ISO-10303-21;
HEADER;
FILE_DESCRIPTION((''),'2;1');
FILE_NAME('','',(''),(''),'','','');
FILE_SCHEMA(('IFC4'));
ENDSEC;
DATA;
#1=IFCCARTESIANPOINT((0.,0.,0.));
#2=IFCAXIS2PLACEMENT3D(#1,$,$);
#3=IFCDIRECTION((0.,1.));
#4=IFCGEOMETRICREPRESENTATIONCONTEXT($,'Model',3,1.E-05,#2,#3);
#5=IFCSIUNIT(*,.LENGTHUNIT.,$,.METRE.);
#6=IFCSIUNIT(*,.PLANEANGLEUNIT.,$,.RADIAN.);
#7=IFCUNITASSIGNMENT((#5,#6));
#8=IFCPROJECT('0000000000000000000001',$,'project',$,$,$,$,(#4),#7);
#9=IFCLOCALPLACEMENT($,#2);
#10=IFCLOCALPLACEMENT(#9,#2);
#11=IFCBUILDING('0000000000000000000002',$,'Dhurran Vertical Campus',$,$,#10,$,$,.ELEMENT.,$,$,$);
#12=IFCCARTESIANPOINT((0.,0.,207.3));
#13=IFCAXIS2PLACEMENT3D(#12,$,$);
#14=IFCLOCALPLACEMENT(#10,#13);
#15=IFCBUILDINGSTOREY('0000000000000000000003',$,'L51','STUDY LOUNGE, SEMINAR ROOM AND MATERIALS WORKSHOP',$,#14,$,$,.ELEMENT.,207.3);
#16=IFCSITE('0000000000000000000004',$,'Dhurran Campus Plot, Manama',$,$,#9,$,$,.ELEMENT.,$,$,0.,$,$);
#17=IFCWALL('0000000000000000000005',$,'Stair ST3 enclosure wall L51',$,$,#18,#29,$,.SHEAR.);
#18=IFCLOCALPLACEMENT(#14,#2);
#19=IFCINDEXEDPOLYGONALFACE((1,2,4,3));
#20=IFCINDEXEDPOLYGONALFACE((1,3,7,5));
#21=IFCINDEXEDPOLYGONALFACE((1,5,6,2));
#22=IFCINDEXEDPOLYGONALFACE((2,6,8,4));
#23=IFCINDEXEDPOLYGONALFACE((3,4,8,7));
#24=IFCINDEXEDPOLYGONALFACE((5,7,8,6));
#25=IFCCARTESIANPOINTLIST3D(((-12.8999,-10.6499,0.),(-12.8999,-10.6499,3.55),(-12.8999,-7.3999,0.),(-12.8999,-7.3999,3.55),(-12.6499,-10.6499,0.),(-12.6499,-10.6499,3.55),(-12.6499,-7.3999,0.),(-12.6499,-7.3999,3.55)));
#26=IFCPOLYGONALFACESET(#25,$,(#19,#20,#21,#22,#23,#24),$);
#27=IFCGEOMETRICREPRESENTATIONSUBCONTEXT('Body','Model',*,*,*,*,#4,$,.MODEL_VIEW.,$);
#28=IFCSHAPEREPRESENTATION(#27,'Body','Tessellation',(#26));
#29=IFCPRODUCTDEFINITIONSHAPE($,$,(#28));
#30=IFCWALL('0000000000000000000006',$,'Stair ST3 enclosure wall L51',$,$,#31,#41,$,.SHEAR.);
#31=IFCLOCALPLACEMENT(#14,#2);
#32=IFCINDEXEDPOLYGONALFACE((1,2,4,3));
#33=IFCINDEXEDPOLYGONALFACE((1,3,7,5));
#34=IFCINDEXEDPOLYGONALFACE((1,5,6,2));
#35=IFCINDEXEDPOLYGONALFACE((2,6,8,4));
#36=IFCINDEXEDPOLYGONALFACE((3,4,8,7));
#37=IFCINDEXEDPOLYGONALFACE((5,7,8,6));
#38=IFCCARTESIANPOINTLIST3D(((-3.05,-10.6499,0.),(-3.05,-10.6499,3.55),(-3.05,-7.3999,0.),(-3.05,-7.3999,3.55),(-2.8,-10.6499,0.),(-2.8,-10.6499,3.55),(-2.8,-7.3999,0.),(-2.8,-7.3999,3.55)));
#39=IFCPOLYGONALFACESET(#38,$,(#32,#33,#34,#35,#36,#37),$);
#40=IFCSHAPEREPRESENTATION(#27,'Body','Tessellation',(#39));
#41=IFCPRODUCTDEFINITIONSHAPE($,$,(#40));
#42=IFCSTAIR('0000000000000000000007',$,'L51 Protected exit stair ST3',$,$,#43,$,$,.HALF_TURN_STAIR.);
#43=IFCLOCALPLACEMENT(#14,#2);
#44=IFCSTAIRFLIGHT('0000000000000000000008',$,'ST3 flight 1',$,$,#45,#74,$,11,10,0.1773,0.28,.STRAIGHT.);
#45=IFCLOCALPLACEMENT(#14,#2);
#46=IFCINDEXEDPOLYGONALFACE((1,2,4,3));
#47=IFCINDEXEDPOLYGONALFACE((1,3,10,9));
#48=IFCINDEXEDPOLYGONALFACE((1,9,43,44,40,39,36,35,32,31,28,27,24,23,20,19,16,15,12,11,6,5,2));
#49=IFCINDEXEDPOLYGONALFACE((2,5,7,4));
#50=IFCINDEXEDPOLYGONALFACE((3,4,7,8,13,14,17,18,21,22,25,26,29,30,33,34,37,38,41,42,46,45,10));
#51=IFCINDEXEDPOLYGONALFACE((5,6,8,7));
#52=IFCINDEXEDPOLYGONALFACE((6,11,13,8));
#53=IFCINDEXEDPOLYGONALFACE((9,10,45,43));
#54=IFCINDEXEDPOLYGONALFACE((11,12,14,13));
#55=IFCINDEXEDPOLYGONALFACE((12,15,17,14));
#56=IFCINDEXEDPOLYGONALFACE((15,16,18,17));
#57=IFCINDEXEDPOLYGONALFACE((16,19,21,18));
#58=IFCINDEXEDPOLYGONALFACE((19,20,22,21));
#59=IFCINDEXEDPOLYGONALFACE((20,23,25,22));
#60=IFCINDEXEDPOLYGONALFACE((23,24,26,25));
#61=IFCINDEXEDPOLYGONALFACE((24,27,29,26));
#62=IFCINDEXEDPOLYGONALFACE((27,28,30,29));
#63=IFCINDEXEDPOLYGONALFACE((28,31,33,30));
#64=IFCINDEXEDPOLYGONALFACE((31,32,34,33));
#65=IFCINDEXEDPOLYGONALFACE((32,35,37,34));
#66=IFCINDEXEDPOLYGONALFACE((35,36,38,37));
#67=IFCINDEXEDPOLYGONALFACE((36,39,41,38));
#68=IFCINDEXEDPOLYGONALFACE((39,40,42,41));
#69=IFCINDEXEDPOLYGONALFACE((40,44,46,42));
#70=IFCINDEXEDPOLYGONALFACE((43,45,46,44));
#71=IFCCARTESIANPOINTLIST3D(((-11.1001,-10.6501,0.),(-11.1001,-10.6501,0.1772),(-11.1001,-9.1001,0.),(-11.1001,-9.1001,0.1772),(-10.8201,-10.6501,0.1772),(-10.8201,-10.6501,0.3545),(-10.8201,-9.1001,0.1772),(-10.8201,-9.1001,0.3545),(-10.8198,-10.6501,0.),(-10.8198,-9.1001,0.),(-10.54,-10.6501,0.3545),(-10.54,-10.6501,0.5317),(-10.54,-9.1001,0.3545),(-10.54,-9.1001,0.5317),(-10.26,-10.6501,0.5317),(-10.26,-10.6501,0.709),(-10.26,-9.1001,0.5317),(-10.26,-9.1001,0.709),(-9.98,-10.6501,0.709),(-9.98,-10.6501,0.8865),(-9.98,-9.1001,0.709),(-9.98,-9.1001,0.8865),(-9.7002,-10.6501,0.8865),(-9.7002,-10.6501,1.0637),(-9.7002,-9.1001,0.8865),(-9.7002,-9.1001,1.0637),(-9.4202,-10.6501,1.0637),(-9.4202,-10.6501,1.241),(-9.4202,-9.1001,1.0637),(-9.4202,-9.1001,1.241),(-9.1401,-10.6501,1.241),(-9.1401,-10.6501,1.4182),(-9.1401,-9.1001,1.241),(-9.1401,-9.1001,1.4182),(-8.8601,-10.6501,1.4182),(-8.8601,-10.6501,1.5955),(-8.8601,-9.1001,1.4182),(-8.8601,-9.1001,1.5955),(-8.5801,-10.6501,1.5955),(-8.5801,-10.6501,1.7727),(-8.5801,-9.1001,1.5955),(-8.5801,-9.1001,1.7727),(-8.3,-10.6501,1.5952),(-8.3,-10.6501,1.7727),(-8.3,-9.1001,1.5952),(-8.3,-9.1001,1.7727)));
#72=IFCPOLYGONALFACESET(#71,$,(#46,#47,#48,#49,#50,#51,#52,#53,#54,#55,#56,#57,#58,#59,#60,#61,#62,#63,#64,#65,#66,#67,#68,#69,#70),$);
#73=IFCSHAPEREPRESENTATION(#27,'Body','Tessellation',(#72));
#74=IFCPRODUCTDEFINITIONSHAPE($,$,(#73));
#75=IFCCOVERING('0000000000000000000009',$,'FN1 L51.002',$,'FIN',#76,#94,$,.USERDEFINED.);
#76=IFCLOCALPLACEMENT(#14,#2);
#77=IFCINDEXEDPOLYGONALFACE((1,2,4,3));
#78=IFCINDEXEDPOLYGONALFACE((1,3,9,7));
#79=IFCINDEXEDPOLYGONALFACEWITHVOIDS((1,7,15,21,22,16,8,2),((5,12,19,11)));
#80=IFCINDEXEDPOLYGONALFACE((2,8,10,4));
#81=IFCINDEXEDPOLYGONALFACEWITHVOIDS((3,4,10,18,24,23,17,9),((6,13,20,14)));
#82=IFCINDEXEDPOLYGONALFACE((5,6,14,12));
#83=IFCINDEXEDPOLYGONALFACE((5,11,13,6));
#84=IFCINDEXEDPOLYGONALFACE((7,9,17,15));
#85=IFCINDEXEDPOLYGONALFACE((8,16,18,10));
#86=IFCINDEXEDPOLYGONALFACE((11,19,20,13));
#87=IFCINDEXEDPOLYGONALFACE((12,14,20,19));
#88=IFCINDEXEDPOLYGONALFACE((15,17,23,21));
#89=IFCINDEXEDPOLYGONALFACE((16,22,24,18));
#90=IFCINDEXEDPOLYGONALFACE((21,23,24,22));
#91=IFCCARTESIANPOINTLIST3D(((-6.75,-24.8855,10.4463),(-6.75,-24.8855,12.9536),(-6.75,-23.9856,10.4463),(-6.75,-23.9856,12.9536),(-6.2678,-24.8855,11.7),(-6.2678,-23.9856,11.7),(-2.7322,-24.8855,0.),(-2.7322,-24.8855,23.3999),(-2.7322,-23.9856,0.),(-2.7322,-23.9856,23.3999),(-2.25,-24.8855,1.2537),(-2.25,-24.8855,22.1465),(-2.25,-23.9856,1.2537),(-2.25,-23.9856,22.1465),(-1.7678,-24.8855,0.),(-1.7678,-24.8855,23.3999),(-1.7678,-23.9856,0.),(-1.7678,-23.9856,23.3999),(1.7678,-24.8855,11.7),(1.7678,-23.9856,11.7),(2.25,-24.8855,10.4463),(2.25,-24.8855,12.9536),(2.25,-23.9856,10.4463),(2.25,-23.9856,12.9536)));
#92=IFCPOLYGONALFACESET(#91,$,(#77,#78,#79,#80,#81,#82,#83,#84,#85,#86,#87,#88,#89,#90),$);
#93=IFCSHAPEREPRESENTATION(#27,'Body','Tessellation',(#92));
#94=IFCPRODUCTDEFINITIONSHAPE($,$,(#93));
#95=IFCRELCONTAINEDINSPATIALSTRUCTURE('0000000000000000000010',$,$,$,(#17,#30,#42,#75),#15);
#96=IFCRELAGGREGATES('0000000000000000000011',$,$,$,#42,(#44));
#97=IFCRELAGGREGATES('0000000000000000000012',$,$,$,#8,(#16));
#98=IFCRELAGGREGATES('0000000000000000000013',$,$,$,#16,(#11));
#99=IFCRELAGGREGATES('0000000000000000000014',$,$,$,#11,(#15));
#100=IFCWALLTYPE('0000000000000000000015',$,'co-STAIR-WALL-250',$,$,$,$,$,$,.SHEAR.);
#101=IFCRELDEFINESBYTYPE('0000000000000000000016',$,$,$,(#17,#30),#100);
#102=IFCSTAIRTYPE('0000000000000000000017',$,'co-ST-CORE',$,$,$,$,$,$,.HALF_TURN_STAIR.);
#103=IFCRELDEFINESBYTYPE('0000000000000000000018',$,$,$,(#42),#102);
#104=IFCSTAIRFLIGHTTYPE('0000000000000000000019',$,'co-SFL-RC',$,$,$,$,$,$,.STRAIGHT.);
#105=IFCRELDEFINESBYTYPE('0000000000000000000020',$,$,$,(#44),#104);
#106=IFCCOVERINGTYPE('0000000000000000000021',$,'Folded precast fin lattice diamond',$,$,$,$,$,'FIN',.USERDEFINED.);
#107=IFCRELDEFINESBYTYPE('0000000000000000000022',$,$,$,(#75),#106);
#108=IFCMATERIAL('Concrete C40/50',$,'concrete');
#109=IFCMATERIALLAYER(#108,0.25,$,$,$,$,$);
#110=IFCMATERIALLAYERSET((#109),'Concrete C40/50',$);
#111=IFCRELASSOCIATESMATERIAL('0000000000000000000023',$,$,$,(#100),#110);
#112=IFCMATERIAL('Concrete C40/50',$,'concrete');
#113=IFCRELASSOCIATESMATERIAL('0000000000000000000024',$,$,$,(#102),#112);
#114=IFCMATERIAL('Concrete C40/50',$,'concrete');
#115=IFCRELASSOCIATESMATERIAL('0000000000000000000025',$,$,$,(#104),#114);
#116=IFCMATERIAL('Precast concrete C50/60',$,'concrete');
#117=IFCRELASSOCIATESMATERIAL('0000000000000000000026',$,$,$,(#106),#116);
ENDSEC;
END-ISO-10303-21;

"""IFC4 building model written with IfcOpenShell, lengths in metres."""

from ifc_helpers import new_model, si_unit, direction, frame, frame_2d, origin, place, context, subcontext, project, spatial, polyline, rectangle, outline, extrude, material, layer, layer_set, type_object, element, aggregate, save


model = new_model("IFC4")

# Units and contexts
model_context = context("Model", 3, precision=1e-05, world=origin(), true_north=direction((0.0, 1.0)))
body_context = subcontext(model_context, "Body", "Model", "MODEL_VIEW")
ifc_project = project(units=[si_unit("LENGTHUNIT", "METRE"), si_unit("PLANEANGLEUNIT", "RADIAN")], contexts=[model_context])

# Site, building, storey
site_placement = place(None, origin())
site = spatial("IfcSite", under=ifc_project, at=site_placement, Name="Dhurran Campus Plot, Manama", CompositionType="ELEMENT", RefElevation=0.0)
building_placement = place(site_placement, origin())
building = spatial("IfcBuilding", under=site, at=building_placement, Name="Dhurran Vertical Campus", CompositionType="ELEMENT")
storey_placement = place(building_placement, frame((0.0, 0.0, 207.3)))
storey = spatial("IfcBuildingStorey", under=building, at=storey_placement, Name="L51", Description="STUDY LOUNGE, SEMINAR ROOM AND MATERIALS WORKSHOP", CompositionType="ELEMENT", Elevation=207.3)

# Walls
ifc_material_1 = material(Name="Concrete C40/50", Category="concrete")
ifc_layer_1 = layer(ifc_material_1, 0.25)
ifc_layer_set_1 = layer_set([ifc_layer_1], Name="Concrete C40/50")
wall_type_1 = type_object("IfcWallType", Name="co-STAIR-WALL-250", PredefinedType="SHEAR", material=ifc_layer_set_1)
for number, where, z_axis, x_axis, name in (
    (1, (-12.7749, -10.6499, 0.0), (0.0, 0.0, 1.0), (0.0, 1.0, 0.0), "Stair ST3 enclosure wall L51"),
    (2, (-2.925, -10.6499, 0.0), (0.0, 0.0, 1.0), (0.0, 1.0, 0.0), "Stair ST3 enclosure wall L51"),
):
    element("IfcWall", number, at=place(storey_placement, frame(where, z_axis=z_axis, x_axis=x_axis)), inside=storey, type_object=wall_type_1, Name=name, PredefinedType="SHEAR", context=body_context, shape_type="SweptSolid", body=[
        extrude(rectangle(XDim=3.25, YDim=0.25, at=frame_2d((1.625, 0.0))), origin(), (0.0, 0.0, 1.0), 3.55),
    ])

# Stair, stair flight
ifc_material_2 = material(Name="Concrete C40/50", Category="concrete")
stair_type = type_object("IfcStairType", Name="co-ST-CORE", PredefinedType="HALF_TURN_STAIR", material=ifc_material_2)
stair_placement = place(storey_placement, origin())
stair = element("IfcStair", 3, at=stair_placement, inside=storey, type_object=stair_type, Name="L51 Protected exit stair ST3", PredefinedType="HALF_TURN_STAIR")
ifc_material_3 = material(Name="Concrete C40/50", Category="concrete")
stair_flight_type = type_object("IfcStairFlightType", Name="co-SFL-RC", PredefinedType="STRAIGHT", material=ifc_material_3)
stair_flight_placement = place(storey_placement, frame((-11.1001, -9.875, 0.0), z_axis=(0.0, 0.0, 1.0), x_axis=(1.0, 0.0, 0.0)))
stair_flight = element("IfcStairFlight", 4, at=stair_flight_placement, type_object=stair_flight_type, Name="ST3 flight 1", NumberOfRisers=11, NumberOfTreads=10, PredefinedType="STRAIGHT", RiserHeight=0.1773, TreadLength=0.28, context=body_context, shape_type="SweptSolid", body=[
    extrude(outline(polyline([(0.0, 0.0), (0.0, 0.1772), (0.28, 0.1772), (0.28, 0.3545), (0.5601, 0.3545), (0.5601, 0.5317), (0.8401, 0.5317), (0.8401, 0.709), (1.1201, 0.709), (1.1201, 0.8865), (1.3999, 0.8865), (1.3999, 1.0637), (1.6799, 1.0637), (1.6799, 1.241), (1.96, 1.241), (1.96, 1.4182), (2.24, 1.4182), (2.24, 1.5955), (2.52, 1.5955), (2.52, 1.7727), (2.8, 1.7727), (2.8, 1.95), (2.8, 1.5952), (0.2803, 0.0), (0.0, 0.0)])), frame((0.0, 0.7749, 0.0), z_axis=(0.0, -1.0, 0.0), x_axis=(1.0, 0.0, 0.0)), (0.0, 0.0, 1.0), 1.55),
])
aggregate(stair, [stair_flight])

# Covering
ifc_material_4 = material(Name="Precast concrete C50/60", Category="concrete")
covering_type = type_object("IfcCoveringType", Name="Folded precast fin lattice diamond", ElementType="FIN", PredefinedType="USERDEFINED", material=ifc_material_4)
covering_placement = place(storey_placement, frame((-6.75, -23.9856, 0.0), z_axis=(0.0, -1.0, 0.0), x_axis=(1.0, 0.0, 0.0)))
element("IfcCovering", 5, at=covering_placement, inside=storey, type_object=covering_type, Name="FN1 L51.002", ObjectType="FIN", PredefinedType="USERDEFINED", context=body_context, shape_type="SweptSolid", body=[
    extrude(outline(polyline([(9.0, 12.9536), (9.0, 10.4463), (4.9822, 0.0), (4.0178, 0.0), (0.0, 10.4463), (0.0, 12.9536), (4.0178, 23.3999), (4.9822, 23.3999), (9.0, 12.9536)]), holes=[polyline([(8.5178, 11.7), (4.5, 22.1465), (0.4822, 11.7), (4.5, 1.2537), (8.5178, 11.7)])]), origin(), (0.0, 0.0, 1.0), 0.8999),
])

save(model, "model.ifc")
